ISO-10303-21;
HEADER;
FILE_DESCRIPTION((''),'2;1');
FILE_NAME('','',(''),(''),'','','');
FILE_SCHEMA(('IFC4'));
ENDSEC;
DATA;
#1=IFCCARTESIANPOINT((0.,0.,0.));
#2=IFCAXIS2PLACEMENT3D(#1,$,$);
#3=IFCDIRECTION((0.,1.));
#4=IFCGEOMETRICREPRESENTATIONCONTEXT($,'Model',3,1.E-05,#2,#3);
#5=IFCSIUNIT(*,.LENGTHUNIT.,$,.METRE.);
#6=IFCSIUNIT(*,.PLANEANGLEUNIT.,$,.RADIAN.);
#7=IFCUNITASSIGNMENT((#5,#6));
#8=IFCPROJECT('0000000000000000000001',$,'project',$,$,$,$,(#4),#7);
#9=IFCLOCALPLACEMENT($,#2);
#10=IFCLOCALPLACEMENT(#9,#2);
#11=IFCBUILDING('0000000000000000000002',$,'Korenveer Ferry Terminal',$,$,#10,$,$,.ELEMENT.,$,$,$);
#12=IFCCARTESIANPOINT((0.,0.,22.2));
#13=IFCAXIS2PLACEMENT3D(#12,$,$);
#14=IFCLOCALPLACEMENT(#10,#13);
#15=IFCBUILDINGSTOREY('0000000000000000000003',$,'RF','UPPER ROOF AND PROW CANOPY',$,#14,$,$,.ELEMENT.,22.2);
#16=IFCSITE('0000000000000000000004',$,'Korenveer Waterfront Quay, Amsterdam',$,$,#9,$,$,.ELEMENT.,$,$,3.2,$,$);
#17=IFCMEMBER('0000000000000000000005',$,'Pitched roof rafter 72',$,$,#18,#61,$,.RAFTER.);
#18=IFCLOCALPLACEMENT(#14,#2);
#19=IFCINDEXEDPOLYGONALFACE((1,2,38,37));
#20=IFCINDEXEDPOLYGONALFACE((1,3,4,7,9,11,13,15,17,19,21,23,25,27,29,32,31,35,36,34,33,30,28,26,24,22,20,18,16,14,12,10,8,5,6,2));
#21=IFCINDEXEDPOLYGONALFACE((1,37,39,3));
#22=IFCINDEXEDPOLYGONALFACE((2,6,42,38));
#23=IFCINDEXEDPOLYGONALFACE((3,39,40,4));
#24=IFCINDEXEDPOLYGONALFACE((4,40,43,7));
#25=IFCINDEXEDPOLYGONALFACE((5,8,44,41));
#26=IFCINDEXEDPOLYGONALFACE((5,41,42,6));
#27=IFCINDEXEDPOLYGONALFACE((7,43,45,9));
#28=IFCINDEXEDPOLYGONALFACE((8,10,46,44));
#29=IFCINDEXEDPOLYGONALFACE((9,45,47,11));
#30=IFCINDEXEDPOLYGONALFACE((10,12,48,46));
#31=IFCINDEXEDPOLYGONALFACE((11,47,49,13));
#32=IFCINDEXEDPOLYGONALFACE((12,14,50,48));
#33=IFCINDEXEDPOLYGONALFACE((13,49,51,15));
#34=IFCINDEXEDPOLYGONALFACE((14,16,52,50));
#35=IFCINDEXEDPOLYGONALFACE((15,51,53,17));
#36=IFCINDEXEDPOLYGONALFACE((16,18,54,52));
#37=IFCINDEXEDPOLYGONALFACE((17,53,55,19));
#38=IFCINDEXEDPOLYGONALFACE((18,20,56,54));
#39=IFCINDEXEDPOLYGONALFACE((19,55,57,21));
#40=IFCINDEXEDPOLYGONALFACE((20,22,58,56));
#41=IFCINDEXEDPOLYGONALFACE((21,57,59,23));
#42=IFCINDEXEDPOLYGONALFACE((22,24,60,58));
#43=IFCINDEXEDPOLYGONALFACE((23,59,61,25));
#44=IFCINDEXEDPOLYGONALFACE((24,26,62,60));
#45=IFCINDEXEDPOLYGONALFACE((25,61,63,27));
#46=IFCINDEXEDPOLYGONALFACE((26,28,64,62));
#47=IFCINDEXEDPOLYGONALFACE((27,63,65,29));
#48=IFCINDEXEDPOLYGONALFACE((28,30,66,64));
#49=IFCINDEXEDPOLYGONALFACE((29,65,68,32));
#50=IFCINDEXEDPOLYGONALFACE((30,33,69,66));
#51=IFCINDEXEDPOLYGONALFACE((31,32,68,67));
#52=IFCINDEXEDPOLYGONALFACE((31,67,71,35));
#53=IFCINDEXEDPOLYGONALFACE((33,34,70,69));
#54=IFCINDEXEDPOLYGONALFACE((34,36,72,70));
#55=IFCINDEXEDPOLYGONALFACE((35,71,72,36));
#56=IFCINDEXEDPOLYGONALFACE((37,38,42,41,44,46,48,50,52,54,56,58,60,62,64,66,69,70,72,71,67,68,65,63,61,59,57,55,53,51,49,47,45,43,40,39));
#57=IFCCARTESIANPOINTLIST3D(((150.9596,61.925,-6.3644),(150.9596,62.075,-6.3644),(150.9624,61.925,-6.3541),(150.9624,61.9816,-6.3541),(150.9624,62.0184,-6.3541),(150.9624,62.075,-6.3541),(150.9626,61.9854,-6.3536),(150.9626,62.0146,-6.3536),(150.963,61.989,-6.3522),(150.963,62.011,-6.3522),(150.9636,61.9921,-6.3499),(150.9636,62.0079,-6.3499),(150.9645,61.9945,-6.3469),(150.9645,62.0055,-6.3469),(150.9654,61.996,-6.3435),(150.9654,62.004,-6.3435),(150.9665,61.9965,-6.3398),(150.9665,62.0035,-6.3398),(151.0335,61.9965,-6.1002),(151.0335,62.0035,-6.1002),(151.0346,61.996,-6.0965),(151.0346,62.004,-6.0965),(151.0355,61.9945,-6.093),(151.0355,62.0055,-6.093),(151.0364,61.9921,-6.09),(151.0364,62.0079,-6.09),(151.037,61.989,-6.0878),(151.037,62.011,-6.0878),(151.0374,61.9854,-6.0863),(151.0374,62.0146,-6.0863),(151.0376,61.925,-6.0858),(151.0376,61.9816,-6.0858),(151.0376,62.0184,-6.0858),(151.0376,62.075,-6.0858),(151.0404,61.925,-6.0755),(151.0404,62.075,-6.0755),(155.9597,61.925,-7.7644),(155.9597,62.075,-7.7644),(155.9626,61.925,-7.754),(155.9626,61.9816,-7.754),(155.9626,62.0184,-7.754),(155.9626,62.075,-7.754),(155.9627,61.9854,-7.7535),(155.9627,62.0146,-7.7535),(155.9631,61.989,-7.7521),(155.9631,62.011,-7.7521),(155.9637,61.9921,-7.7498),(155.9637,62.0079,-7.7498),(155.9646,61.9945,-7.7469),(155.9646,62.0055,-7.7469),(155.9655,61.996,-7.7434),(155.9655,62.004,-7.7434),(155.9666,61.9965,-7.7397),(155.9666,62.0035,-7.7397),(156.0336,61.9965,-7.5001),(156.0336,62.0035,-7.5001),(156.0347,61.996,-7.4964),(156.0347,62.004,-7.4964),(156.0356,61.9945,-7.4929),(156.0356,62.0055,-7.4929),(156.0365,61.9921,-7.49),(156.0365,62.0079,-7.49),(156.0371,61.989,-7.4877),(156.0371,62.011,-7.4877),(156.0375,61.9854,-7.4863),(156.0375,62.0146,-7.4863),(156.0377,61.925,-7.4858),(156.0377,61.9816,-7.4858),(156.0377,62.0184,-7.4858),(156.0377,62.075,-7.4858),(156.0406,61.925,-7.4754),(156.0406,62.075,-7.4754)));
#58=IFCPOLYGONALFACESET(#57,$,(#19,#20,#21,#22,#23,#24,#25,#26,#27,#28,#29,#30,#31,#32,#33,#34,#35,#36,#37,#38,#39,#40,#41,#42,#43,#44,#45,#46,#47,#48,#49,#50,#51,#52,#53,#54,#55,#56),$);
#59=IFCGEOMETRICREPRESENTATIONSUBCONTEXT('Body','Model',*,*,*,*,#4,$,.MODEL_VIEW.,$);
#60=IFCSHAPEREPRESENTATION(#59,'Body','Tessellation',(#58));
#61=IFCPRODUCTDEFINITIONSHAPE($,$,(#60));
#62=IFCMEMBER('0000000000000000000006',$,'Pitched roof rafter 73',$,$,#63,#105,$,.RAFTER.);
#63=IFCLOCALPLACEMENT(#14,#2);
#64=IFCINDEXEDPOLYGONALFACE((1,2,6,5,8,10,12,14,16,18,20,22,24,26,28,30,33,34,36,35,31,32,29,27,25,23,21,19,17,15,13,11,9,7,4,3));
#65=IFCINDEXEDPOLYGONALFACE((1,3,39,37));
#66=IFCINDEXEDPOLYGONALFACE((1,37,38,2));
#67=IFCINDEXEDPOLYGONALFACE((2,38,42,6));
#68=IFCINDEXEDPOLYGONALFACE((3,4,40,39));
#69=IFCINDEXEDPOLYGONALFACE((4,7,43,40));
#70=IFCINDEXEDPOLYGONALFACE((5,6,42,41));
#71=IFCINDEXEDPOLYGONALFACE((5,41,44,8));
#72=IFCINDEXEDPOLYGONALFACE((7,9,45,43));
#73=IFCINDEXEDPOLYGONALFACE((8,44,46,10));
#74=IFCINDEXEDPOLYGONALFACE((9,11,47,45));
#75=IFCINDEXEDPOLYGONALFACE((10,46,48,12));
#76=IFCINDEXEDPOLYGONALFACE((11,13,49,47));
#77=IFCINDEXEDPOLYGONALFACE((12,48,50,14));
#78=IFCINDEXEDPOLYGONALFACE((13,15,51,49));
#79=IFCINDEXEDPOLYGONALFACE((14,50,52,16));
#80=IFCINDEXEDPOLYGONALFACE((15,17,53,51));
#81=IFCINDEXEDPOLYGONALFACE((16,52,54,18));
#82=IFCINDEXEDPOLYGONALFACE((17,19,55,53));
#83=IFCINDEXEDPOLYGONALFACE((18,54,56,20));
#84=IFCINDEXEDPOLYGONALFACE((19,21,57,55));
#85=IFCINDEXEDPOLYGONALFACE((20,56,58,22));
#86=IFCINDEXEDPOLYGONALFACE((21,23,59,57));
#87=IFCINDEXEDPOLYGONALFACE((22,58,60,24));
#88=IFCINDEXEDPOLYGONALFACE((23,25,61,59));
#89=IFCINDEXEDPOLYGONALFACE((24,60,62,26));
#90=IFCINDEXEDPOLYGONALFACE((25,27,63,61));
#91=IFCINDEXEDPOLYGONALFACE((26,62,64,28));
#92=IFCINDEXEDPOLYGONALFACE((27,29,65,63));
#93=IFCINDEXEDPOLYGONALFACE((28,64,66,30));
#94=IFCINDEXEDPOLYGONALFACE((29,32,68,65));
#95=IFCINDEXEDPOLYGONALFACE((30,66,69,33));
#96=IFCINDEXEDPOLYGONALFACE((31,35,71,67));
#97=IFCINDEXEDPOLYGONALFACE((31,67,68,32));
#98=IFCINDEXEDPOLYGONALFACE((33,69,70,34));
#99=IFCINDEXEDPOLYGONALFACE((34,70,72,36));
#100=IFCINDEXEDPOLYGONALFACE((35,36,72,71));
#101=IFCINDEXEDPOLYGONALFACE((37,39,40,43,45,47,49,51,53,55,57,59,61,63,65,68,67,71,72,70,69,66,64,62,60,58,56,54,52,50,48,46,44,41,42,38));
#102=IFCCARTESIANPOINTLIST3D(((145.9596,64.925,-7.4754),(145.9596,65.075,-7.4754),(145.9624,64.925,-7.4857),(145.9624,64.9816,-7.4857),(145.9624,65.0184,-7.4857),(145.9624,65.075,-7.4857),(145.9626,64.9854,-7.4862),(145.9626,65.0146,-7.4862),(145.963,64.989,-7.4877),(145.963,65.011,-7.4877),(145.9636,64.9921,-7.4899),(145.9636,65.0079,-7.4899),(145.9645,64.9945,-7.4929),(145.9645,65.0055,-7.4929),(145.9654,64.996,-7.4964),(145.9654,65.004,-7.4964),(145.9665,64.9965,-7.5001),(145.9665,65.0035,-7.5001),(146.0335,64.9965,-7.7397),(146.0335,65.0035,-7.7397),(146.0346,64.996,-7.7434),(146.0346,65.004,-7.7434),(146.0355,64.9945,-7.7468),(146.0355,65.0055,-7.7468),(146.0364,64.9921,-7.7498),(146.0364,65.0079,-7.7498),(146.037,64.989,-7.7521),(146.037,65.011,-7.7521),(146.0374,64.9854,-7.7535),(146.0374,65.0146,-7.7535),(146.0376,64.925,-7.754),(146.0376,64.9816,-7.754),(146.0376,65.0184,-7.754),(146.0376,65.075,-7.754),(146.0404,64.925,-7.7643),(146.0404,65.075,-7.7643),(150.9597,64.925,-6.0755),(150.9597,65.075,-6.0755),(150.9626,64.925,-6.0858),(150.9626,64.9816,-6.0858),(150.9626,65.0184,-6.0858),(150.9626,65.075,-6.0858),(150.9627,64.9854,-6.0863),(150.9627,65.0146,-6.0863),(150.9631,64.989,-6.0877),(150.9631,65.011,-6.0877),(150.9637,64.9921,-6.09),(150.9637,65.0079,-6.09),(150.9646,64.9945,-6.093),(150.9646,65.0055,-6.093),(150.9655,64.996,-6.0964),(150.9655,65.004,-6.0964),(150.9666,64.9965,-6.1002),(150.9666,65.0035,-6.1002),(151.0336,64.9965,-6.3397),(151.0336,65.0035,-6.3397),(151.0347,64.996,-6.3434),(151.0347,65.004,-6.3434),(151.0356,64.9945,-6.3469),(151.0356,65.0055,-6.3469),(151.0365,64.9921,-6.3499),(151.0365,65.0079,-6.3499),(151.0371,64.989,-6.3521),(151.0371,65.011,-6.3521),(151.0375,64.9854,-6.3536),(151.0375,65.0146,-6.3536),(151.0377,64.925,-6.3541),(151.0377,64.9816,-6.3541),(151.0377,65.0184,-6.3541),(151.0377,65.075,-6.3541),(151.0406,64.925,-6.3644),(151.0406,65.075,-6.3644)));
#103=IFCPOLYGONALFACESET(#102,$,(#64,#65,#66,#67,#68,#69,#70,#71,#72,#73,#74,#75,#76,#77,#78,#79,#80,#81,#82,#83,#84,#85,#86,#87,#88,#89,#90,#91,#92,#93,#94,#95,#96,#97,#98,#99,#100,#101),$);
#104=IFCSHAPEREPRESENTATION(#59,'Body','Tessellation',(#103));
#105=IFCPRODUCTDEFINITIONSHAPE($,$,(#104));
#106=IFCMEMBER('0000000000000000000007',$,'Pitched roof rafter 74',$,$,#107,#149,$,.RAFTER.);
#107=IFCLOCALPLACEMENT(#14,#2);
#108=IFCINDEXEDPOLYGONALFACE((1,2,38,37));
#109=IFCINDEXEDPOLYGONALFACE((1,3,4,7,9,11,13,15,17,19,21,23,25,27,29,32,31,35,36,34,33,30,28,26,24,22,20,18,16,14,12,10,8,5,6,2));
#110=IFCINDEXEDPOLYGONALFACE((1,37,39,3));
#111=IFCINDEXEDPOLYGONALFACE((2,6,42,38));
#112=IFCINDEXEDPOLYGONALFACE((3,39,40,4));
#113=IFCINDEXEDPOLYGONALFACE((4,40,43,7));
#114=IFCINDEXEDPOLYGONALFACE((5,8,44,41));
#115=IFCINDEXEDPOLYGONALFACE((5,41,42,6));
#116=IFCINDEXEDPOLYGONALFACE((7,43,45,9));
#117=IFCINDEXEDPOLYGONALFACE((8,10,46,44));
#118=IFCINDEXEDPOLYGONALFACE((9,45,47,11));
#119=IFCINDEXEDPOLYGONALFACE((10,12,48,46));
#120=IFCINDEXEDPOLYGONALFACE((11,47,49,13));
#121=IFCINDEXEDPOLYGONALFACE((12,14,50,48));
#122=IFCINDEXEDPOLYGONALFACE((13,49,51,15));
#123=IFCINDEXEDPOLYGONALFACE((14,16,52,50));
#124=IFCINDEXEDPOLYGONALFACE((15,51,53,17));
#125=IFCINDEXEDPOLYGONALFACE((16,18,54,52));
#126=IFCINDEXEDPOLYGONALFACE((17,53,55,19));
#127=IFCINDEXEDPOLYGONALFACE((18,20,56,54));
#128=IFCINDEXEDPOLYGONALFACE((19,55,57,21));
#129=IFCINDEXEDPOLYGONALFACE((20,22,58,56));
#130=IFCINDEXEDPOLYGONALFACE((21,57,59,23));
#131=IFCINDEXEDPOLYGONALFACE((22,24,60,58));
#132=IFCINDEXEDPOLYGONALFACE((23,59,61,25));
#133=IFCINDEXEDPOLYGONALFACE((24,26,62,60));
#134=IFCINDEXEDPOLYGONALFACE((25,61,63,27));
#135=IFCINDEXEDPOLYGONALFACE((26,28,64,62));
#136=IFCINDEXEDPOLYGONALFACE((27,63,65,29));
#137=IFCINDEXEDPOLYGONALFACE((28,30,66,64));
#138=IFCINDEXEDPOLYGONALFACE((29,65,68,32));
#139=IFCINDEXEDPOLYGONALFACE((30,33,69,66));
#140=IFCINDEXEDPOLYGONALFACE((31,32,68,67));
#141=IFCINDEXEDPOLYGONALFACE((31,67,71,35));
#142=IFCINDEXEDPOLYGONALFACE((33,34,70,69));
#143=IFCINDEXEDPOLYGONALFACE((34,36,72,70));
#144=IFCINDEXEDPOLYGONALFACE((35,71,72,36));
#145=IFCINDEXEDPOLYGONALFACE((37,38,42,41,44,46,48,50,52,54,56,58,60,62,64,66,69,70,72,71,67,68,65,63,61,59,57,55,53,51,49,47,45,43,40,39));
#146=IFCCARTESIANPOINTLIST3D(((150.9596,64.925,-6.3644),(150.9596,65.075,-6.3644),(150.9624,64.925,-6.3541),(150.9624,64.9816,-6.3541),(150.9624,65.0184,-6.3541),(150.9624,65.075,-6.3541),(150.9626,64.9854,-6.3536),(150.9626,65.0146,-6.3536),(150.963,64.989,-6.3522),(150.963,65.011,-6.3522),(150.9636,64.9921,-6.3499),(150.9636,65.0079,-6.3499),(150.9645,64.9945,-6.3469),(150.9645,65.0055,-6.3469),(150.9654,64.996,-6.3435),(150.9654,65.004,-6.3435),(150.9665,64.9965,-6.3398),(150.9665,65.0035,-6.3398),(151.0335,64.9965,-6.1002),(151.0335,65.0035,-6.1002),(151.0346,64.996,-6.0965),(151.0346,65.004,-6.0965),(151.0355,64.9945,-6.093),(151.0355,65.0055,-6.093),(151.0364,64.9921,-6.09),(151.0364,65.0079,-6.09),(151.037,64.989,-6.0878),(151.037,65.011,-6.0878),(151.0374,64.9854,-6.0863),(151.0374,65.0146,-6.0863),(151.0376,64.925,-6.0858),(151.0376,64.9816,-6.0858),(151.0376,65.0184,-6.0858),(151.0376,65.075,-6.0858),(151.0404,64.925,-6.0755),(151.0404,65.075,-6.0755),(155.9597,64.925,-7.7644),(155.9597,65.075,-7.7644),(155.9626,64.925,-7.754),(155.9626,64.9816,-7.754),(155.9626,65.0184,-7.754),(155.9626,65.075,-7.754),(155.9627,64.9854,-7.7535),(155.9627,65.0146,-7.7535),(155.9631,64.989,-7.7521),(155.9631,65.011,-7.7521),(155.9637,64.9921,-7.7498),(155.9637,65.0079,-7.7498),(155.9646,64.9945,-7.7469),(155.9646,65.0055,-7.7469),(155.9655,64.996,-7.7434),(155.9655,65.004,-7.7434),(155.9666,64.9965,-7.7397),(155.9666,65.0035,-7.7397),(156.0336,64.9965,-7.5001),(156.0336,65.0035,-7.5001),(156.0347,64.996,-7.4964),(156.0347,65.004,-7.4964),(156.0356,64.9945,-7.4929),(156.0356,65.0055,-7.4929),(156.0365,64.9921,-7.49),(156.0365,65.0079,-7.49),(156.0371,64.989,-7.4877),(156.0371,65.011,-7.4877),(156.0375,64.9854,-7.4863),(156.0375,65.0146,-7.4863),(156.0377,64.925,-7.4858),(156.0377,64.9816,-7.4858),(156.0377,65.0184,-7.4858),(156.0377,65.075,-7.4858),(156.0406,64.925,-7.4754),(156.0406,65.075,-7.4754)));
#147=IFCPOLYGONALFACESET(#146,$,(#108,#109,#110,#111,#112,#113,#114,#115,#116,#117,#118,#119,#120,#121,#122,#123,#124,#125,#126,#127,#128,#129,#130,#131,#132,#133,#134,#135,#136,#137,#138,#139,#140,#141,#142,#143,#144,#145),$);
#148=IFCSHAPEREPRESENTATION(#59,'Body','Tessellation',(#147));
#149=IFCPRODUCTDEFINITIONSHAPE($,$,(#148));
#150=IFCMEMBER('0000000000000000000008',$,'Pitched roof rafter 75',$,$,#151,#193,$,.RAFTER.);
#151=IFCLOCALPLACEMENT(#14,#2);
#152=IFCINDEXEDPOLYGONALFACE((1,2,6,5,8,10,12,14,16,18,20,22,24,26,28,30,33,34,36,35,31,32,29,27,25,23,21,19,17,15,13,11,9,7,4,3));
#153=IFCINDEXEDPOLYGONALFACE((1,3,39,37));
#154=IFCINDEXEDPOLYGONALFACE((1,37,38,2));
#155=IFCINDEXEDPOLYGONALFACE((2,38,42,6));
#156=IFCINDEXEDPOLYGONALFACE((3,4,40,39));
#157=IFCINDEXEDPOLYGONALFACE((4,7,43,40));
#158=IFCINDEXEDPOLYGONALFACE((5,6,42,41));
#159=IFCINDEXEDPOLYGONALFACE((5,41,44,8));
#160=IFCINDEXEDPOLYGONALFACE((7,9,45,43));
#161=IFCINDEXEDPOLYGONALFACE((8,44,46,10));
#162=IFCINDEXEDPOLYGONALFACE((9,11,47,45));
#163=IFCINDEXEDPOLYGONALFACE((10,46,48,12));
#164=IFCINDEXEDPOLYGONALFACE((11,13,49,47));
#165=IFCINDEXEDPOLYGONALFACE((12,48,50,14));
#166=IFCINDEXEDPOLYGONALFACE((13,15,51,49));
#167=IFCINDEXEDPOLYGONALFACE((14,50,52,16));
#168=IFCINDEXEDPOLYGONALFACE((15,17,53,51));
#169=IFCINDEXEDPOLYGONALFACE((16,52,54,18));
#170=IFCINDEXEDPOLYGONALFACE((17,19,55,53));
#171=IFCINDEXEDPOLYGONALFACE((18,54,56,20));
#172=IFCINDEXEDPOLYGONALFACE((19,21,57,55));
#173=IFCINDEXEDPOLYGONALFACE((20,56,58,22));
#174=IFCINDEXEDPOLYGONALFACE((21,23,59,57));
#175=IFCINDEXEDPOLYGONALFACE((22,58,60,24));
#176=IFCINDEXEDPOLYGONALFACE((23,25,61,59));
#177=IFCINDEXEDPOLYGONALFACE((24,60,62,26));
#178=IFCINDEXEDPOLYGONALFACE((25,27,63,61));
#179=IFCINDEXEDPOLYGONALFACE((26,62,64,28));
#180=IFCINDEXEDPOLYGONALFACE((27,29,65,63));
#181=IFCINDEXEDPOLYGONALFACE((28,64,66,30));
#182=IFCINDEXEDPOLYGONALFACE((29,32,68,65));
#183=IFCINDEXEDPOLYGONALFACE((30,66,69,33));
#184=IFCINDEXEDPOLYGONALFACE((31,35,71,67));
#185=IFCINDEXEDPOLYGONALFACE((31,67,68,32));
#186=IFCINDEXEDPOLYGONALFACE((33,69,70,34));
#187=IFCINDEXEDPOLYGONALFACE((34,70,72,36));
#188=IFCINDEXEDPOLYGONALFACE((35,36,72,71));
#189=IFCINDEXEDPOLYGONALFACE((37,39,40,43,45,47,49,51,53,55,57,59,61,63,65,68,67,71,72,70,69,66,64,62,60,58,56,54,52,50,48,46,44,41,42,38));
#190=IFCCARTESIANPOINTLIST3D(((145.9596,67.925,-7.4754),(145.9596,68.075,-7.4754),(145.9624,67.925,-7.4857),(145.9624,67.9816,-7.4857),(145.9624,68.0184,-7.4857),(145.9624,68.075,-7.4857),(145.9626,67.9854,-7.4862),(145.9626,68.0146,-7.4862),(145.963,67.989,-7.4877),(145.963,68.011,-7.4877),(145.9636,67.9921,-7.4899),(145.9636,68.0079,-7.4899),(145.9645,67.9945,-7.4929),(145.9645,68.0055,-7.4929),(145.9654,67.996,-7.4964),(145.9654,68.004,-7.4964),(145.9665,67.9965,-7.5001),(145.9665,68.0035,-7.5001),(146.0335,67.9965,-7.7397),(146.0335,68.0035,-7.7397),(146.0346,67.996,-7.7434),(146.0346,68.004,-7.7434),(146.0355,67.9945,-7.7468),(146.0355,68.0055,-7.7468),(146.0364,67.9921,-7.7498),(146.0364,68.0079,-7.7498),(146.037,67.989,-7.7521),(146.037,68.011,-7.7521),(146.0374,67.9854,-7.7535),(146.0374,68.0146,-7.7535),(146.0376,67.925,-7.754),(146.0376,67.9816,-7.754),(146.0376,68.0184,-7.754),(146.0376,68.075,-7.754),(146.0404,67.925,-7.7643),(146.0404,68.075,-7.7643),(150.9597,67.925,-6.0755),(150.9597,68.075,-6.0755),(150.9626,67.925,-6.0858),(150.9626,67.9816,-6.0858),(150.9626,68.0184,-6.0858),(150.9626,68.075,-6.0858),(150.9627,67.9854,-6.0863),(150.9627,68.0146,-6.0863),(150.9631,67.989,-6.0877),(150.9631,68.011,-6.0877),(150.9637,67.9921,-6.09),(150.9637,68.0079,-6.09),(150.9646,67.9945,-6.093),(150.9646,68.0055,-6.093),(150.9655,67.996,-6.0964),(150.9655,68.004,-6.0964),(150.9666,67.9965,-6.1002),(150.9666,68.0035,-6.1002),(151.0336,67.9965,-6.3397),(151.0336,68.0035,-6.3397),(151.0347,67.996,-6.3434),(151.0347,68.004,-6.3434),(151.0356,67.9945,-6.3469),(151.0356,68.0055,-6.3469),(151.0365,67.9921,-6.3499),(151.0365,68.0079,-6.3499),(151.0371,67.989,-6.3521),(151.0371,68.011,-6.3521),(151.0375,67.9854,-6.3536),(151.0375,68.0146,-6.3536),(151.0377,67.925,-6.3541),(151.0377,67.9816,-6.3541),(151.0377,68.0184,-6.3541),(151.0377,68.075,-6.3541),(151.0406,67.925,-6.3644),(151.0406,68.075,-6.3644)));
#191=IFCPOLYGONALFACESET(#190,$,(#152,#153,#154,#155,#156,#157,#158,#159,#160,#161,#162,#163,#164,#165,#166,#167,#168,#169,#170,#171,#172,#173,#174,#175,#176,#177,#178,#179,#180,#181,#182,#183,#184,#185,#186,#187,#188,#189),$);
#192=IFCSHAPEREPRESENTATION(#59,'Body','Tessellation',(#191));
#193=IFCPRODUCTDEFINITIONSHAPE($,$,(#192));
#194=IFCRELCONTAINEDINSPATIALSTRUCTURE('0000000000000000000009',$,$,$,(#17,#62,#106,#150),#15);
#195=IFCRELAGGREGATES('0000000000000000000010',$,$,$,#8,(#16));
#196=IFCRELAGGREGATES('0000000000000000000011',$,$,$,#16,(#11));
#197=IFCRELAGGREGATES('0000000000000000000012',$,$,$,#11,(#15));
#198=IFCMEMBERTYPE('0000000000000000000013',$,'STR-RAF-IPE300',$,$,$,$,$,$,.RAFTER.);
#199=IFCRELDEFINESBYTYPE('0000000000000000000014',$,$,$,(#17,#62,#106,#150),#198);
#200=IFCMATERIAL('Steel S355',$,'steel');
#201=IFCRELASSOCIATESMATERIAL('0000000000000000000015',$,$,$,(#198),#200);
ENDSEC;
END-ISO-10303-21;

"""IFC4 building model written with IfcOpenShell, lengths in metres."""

from ifc_helpers import new_model, si_unit, direction, frame, origin, origin_2d, place, context, subcontext, project, spatial, i_section, extrude, material, material_profile, profile_set, type_object, element, save


model = new_model("IFC4")

# Units and contexts
model_context = context("Model", 3, precision=1e-05, world=origin(), true_north=direction((0.0, 1.0)))
body_context = subcontext(model_context, "Body", "Model", "MODEL_VIEW")
ifc_project = project(units=[si_unit("LENGTHUNIT", "METRE"), si_unit("PLANEANGLEUNIT", "RADIAN")], contexts=[model_context])

# Site, building, storey
site_placement = place(None, origin())
site = spatial("IfcSite", under=ifc_project, at=site_placement, Name="Korenveer Waterfront Quay, Amsterdam", CompositionType="ELEMENT", RefElevation=3.2)
building_placement = place(site_placement, origin())
building = spatial("IfcBuilding", under=site, at=building_placement, Name="Korenveer Ferry Terminal", CompositionType="ELEMENT")
storey_placement = place(building_placement, frame((0.0, 0.0, 22.2)))
storey = spatial("IfcBuildingStorey", under=building, at=storey_placement, Name="RF", Description="UPPER ROOF AND PROW CANOPY", CompositionType="ELEMENT", Elevation=22.2)

# Shared definitions
ifc_material_1 = material(Name="Steel S355", Category="steel")

# Members
ifc_material_profile_1 = material_profile(ifc_material_1, i_section(OverallWidth=0.1499, OverallDepth=0.3, WebThickness=0.0071, FlangeThickness=0.0107, FilletRadius=0.0149, at=origin_2d()), Name="IPE 300")
ifc_profile_set_1 = profile_set([ifc_material_profile_1], Name="Steel S355")
member_type_1 = type_object("IfcMemberType", Name="STR-RAF-IPE300", PredefinedType="RAFTER", material=ifc_profile_set_1)
for number, where, z_axis, x_axis, name in (
    (1, (151.0, 62.0, -6.22), (0.962969, 0.0, -0.269612), (0.0, 1.0, 0.0), "Pitched roof rafter 72"),
    (2, (146.0, 65.0, -7.6199), (0.962969, 0.0, 0.269612), (0.0, 1.0, 0.0), "Pitched roof rafter 73"),
    (3, (151.0, 65.0, -6.22), (0.962969, 0.0, -0.269612), (0.0, 1.0, 0.0), "Pitched roof rafter 74"),
    (4, (146.0, 68.0, -7.6199), (0.962969, 0.0, 0.269612), (0.0, 1.0, 0.0), "Pitched roof rafter 75"),
):
    element("IfcMember", number, at=place(storey_placement, frame(where, z_axis=z_axis, x_axis=x_axis)), inside=storey, type_object=member_type_1, Name=name, PredefinedType="RAFTER", context=body_context, shape_type="SweptSolid", body=[
        extrude(i_section(OverallWidth=0.1499, OverallDepth=0.3, WebThickness=0.0071, FlangeThickness=0.0107, FilletRadius=0.0149, at=origin_2d()), origin(), (0.0, 0.0, 1.0), 5.1924),
    ])

save(model, "model.ifc")
